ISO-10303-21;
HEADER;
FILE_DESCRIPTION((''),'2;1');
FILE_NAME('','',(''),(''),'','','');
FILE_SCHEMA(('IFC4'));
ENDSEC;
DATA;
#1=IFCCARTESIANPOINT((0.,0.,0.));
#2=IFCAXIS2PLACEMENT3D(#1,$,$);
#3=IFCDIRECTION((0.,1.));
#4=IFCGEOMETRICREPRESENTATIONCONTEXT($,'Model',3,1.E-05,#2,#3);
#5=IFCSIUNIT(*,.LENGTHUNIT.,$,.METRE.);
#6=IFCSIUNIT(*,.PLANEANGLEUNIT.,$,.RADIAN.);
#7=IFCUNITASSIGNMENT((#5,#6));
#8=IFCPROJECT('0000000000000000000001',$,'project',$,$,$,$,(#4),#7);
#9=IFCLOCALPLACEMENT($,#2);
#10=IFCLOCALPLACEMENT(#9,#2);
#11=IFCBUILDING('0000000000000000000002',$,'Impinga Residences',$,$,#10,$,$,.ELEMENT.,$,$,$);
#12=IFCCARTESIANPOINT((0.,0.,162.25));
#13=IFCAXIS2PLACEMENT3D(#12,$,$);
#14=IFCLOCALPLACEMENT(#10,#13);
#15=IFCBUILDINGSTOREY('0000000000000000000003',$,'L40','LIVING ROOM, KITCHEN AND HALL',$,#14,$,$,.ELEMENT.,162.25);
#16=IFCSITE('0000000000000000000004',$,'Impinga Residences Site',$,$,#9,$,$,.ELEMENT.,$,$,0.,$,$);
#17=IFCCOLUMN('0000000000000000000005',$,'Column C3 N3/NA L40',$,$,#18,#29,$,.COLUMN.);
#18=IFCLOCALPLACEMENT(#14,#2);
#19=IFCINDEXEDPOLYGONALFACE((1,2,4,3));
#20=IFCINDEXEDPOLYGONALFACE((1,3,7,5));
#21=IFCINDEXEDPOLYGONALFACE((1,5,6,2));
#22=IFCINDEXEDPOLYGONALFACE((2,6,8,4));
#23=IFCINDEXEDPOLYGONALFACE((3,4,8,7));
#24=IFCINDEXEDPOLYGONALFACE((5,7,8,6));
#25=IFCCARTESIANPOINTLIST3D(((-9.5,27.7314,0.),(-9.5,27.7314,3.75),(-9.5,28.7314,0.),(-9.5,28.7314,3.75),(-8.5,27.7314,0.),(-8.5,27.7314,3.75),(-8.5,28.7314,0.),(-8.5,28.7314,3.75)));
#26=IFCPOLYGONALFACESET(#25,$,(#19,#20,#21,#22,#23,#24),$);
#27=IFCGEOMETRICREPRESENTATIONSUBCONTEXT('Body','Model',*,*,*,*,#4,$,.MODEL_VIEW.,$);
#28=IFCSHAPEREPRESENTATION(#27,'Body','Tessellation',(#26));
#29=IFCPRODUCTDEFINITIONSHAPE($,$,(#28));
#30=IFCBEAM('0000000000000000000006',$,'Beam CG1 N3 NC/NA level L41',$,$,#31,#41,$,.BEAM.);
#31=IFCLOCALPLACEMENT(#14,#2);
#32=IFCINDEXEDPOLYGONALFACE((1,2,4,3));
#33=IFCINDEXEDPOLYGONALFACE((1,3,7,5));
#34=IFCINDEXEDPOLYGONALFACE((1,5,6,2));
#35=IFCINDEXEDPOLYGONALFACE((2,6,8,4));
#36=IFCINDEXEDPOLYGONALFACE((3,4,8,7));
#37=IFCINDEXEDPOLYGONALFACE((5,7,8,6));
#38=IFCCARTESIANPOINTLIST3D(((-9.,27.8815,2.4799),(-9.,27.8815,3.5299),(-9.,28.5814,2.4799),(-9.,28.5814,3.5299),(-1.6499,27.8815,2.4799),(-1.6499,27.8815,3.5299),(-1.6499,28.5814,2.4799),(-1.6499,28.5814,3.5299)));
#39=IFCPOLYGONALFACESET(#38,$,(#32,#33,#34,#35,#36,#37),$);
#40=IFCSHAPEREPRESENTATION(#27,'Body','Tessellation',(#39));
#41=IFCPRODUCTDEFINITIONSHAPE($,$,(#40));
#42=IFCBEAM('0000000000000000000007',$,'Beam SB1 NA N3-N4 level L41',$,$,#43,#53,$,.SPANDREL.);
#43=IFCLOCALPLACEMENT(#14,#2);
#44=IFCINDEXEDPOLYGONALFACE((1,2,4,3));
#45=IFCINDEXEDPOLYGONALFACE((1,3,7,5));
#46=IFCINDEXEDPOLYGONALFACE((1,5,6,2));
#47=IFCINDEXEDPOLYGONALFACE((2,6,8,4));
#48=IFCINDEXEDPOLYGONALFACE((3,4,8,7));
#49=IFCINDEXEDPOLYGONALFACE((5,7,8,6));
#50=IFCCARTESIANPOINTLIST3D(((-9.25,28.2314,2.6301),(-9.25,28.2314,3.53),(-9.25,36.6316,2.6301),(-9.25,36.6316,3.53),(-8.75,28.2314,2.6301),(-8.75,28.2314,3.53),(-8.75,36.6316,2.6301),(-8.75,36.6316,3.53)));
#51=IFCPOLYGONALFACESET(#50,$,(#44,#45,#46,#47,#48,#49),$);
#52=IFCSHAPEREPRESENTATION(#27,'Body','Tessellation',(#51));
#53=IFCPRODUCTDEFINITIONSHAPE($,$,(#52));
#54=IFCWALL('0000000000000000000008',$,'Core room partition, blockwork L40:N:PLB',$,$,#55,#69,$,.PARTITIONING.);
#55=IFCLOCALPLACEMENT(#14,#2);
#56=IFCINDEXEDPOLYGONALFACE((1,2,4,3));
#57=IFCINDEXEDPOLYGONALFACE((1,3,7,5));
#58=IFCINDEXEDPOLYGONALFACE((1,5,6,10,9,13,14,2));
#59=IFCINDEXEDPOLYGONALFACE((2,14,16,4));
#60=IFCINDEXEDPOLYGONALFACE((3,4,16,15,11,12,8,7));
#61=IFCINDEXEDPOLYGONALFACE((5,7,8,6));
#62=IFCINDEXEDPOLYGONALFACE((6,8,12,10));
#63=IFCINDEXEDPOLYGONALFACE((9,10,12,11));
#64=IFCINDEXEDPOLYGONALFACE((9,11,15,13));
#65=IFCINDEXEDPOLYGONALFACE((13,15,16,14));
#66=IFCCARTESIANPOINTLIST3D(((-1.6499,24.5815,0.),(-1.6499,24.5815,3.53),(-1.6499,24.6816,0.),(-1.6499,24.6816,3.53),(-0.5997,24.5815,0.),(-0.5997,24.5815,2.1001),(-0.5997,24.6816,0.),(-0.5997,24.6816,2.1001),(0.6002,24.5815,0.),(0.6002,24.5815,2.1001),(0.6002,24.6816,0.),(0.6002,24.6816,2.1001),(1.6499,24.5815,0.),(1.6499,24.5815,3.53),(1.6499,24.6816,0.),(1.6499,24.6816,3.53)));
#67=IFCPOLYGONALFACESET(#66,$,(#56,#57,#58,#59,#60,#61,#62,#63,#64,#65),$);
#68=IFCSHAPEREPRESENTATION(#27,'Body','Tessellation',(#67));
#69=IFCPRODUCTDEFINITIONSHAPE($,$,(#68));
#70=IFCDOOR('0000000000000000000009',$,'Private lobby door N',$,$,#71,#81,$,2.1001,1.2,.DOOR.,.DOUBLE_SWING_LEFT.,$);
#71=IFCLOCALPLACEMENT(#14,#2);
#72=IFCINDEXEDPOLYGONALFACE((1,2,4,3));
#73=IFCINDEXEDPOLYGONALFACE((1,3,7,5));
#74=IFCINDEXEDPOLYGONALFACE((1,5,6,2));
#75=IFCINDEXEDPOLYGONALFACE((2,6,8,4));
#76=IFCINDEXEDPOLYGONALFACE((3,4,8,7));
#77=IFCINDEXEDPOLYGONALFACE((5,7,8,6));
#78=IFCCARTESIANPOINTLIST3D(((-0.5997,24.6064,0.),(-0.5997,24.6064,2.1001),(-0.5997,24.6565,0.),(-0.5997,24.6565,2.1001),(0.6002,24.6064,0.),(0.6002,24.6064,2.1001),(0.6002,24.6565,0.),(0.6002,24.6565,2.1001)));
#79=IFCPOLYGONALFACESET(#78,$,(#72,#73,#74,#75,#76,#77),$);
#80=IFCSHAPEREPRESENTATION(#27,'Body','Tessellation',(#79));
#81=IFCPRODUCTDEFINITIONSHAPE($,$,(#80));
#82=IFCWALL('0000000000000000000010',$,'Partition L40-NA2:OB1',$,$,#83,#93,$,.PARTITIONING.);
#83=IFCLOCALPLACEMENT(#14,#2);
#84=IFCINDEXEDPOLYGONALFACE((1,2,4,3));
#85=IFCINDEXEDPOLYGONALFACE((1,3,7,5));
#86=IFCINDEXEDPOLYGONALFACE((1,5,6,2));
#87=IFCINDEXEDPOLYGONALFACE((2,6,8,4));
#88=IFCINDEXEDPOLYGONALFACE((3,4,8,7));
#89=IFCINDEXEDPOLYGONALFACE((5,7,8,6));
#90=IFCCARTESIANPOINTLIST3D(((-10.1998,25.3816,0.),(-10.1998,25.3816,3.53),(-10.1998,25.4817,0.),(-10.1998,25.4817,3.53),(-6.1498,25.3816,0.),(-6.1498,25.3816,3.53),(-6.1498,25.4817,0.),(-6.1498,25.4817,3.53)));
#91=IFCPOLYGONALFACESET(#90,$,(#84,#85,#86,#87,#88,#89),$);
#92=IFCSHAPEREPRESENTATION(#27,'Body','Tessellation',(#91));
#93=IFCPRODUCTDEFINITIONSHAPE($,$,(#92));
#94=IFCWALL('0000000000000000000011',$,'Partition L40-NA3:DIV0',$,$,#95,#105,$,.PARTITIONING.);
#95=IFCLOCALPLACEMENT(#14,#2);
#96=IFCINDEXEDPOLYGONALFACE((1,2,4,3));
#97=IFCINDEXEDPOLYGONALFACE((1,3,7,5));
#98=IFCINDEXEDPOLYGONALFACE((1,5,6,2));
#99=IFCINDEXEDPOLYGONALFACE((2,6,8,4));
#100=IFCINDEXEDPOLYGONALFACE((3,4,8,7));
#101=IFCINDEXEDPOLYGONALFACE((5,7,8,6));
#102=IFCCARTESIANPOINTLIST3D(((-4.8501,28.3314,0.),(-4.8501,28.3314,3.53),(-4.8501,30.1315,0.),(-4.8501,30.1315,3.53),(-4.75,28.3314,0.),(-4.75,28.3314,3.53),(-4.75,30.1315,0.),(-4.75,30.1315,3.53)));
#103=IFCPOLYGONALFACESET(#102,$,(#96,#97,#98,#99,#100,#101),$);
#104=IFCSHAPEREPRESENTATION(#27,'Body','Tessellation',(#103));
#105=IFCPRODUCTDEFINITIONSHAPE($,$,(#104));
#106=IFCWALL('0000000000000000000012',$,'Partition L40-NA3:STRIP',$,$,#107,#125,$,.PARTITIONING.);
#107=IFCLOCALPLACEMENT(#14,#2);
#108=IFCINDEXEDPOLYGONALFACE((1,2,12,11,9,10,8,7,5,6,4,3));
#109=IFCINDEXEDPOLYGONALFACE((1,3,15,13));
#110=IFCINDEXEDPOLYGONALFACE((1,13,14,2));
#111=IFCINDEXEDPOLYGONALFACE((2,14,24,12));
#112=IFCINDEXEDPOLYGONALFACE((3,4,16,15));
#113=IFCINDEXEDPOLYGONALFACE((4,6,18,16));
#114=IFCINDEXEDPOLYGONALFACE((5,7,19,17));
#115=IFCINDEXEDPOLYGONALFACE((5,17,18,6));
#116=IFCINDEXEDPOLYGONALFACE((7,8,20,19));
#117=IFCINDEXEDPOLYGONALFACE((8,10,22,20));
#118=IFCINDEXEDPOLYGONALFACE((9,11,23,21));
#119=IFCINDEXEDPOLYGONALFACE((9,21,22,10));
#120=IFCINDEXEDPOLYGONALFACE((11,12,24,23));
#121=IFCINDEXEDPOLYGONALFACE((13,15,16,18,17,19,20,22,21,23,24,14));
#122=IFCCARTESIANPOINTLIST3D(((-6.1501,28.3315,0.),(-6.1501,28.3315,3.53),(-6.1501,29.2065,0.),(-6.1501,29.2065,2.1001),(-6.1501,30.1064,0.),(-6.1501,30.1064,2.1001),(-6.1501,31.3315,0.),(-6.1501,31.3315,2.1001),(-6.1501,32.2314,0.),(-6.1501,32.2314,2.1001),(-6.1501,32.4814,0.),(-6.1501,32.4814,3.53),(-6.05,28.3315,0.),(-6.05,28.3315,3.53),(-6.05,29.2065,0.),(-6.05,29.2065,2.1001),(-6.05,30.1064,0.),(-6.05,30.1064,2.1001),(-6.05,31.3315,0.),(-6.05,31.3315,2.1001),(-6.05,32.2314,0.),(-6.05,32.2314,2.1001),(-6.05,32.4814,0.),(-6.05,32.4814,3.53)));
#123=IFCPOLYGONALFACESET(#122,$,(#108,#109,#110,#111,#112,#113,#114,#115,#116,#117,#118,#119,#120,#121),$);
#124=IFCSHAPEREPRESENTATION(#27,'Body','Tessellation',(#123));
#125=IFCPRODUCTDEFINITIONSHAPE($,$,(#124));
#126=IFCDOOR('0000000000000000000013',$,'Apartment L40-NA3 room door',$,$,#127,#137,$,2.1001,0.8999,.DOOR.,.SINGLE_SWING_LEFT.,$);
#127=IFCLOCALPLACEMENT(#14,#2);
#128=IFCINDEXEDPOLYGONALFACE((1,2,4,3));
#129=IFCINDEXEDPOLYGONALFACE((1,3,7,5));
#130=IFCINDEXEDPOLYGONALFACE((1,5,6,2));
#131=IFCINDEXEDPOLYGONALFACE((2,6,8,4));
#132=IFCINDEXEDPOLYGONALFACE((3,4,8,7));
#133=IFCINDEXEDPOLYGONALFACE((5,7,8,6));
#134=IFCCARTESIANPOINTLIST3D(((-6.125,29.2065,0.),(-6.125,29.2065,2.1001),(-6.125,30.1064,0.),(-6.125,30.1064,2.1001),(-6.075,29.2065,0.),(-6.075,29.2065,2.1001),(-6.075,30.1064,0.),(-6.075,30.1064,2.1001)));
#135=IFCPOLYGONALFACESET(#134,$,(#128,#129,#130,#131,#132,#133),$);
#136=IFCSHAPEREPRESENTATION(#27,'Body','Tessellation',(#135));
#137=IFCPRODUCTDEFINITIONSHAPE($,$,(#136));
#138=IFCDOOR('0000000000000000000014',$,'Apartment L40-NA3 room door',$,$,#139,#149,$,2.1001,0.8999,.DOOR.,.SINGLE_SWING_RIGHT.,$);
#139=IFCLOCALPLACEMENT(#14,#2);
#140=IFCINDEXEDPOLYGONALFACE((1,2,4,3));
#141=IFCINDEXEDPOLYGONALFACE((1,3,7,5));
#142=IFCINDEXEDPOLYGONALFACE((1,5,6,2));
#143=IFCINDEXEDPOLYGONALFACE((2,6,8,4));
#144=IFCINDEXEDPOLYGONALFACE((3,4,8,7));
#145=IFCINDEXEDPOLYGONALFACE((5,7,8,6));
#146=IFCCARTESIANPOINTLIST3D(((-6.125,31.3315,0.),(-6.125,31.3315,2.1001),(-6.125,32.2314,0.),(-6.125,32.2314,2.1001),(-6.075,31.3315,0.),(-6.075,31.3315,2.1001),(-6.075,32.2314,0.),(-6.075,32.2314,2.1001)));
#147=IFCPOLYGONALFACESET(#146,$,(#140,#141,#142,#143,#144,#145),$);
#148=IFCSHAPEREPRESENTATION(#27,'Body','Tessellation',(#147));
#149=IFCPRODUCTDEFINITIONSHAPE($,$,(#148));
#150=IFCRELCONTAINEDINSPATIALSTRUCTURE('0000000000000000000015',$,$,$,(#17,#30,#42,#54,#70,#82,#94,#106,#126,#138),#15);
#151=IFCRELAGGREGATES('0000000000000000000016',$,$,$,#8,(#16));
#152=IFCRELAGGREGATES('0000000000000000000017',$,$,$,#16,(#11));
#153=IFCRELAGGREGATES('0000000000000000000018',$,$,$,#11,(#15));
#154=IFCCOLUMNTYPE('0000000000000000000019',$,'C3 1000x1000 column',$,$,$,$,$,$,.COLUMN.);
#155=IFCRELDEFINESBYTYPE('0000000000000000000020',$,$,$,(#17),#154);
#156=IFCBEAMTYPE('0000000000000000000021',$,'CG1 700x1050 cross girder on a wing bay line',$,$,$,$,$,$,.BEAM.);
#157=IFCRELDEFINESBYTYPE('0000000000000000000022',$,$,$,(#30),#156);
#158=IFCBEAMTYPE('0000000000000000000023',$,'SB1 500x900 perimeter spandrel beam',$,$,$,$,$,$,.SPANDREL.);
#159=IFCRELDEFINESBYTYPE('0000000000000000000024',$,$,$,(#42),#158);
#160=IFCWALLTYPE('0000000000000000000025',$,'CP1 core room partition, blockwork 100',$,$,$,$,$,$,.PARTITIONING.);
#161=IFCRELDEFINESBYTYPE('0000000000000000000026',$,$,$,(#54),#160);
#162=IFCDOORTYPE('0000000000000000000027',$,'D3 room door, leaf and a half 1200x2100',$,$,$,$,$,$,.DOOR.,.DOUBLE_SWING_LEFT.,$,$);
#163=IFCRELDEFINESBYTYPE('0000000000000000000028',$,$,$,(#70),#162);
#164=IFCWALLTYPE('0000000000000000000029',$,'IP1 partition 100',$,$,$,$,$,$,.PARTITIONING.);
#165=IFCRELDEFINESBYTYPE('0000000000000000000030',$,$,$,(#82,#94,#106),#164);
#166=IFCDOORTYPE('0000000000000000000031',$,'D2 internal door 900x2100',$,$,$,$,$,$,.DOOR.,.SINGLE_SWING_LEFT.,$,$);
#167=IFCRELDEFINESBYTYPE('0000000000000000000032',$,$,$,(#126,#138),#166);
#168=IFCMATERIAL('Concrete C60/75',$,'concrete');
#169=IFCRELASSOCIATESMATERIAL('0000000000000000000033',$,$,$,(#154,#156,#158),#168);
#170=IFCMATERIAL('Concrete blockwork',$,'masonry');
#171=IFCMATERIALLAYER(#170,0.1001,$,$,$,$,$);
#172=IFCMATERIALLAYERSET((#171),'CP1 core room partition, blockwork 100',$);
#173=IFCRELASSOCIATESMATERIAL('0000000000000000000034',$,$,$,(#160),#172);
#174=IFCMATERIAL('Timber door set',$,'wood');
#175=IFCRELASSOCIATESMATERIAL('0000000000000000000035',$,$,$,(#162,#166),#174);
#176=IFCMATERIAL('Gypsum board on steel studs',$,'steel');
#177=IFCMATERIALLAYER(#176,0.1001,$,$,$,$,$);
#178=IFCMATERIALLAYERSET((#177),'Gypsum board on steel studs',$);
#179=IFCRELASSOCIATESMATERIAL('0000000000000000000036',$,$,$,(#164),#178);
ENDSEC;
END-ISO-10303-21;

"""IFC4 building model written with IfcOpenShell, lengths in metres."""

from ifc_helpers import new_model, si_unit, direction, frame, frame_2d, origin, origin_2d, place, context, subcontext, project, spatial, rectangle, extrude, material, layer, layer_set, material_profile, profile_set, type_object, element, fill, save


model = new_model("IFC4")

# Units and contexts
model_context = context("Model", 3, precision=1e-05, world=origin(), true_north=direction((0.0, 1.0)))
body_context = subcontext(model_context, "Body", "Model", "MODEL_VIEW")
ifc_project = project(units=[si_unit("LENGTHUNIT", "METRE"), si_unit("PLANEANGLEUNIT", "RADIAN")], contexts=[model_context])

# Site, building, storey
site_placement = place(None, origin())
site = spatial("IfcSite", under=ifc_project, at=site_placement, Name="Impinga Residences Site", CompositionType="ELEMENT", RefElevation=0.0)
building_placement = place(site_placement, origin())
building = spatial("IfcBuilding", under=site, at=building_placement, Name="Impinga Residences", CompositionType="ELEMENT")
storey_placement = place(building_placement, frame((0.0, 0.0, 162.25)))
storey = spatial("IfcBuildingStorey", under=building, at=storey_placement, Name="L40", Description="LIVING ROOM, KITCHEN AND HALL", CompositionType="ELEMENT", Elevation=162.25)

# Column
ifc_material_1 = material(Name="Concrete C60/75", Category="concrete")
ifc_material_profile_1 = material_profile(ifc_material_1, rectangle(XDim=1.0, YDim=1.0, at=origin_2d()), Name="RC 1000x1000")
ifc_profile_set_1 = profile_set([ifc_material_profile_1], Name="Concrete C60/75")
column_type = type_object("IfcColumnType", Name="C3 1000x1000 column", PredefinedType="COLUMN", material=ifc_profile_set_1)
column_placement = place(storey_placement, frame((-9.0, 28.2314, 0.0), z_axis=(0.0, 0.0, 1.0), x_axis=(1.0, 0.0, 0.0)))
element("IfcColumn", 1, at=column_placement, inside=storey, type_object=column_type, Name="Column C3 N3/NA L40", PredefinedType="COLUMN", context=body_context, shape_type="SweptSolid", body=[
    extrude(rectangle(XDim=1.0, YDim=1.0, at=origin_2d()), origin(), (0.0, 0.0, 1.0), 3.75),
])

# Beams
ifc_material_profile_2 = material_profile(ifc_material_1, rectangle(XDim=0.7, YDim=1.05, at=origin_2d()), Name="RC 700x1050")
ifc_profile_set_2 = profile_set([ifc_material_profile_2], Name="Concrete C60/75")
beam_type_1 = type_object("IfcBeamType", Name="CG1 700x1050 cross girder on a wing bay line", PredefinedType="BEAM", material=ifc_profile_set_2)
beam_1_placement = place(storey_placement, frame((-1.6499, 28.2314, 3.0049), z_axis=(-1.0, 0.0, 0.0), x_axis=(0.0, -1.0, 0.0)))
element("IfcBeam", 2, at=beam_1_placement, inside=storey, type_object=beam_type_1, Name="Beam CG1 N3 NC/NA level L41", PredefinedType="BEAM", context=body_context, shape_type="SweptSolid", body=[
    extrude(rectangle(XDim=0.7, YDim=1.05, at=origin_2d()), origin(), (0.0, 0.0, 1.0), 7.3501),
])
ifc_material_profile_3 = material_profile(ifc_material_1, rectangle(XDim=0.5, YDim=0.8999, at=origin_2d()), Name="RC 500x900")
ifc_profile_set_3 = profile_set([ifc_material_profile_3], Name="Concrete C60/75")
beam_type_2 = type_object("IfcBeamType", Name="SB1 500x900 perimeter spandrel beam", PredefinedType="SPANDREL", material=ifc_profile_set_3)
beam_2_placement = place(storey_placement, frame((-9.0, 28.2314, 3.0801), z_axis=(0.0, 1.0, 0.0), x_axis=(-1.0, 0.0, 0.0)))
element("IfcBeam", 3, at=beam_2_placement, inside=storey, type_object=beam_type_2, Name="Beam SB1 NA N3-N4 level L41", PredefinedType="SPANDREL", context=body_context, shape_type="SweptSolid", body=[
    extrude(rectangle(XDim=0.5, YDim=0.8999, at=origin_2d()), origin(), (0.0, 0.0, 1.0), 8.4001),
])

# Wall, opening, door
ifc_material_2 = material(Name="Concrete blockwork", Category="masonry")
ifc_layer_1 = layer(ifc_material_2, 0.1001)
ifc_layer_set_1 = layer_set([ifc_layer_1], Name="CP1 core room partition, blockwork 100")
wall_type_1 = type_object("IfcWallType", Name="CP1 core room partition, blockwork 100", PredefinedType="PARTITIONING", material=ifc_layer_set_1)
wall_1_placement = place(storey_placement, frame((-1.6499, 24.6316, 0.0), z_axis=(0.0, 0.0, 1.0), x_axis=(1.0, 0.0, 0.0)))
wall_1 = element("IfcWall", 4, at=wall_1_placement, inside=storey, type_object=wall_type_1, Name="Core room partition, blockwork L40:N:PLB", PredefinedType="PARTITIONING", context=body_context, shape_type="SweptSolid", body=[
    extrude(rectangle(XDim=3.2998, YDim=0.1001, at=frame_2d((1.6499, 0.0))), origin(), (0.0, 0.0, 1.0), 3.53),
])
opening_1_placement = place(wall_1_placement, frame((1.05, 0.0, 0.0)))
opening_1 = element("IfcOpeningElement", 5, at=opening_1_placement, cuts=wall_1, PredefinedType="OPENING", context=body_context, shape_type="SweptSolid", body=[
    extrude(rectangle(XDim=1.2, YDim=2.1001, at=frame_2d((0.6001, 1.05))), frame((0.0, 0.0601, 0.0), z_axis=(0.0, -1.0, 0.0), x_axis=(1.0, 0.0, 0.0)), (0.0, 0.0, 1.0), 0.1201),
])
ifc_material_3 = material(Name="Timber door set", Category="wood")
door_type_1 = type_object("IfcDoorType", Name="D3 room door, leaf and a half 1200x2100", OperationType="DOUBLE_SWING_LEFT", PredefinedType="DOOR", material=ifc_material_3)
door_1_placement = place(opening_1_placement, origin())
door_1 = element("IfcDoor", 6, at=door_1_placement, inside=storey, type_object=door_type_1, Name="Private lobby door N", OperationType="DOUBLE_SWING_LEFT", OverallHeight=2.1001, OverallWidth=1.2, PredefinedType="DOOR", context=body_context, shape_type="SweptSolid", body=[
    extrude(rectangle(XDim=1.2, YDim=2.1001, at=frame_2d((0.6001, 1.05))), frame((0.0, 0.0249, 0.0), z_axis=(0.0, -1.0, 0.0), x_axis=(1.0, 0.0, 0.0)), (0.0, 0.0, 1.0), 0.05),
])
fill(opening_1, door_1)

# Walls
ifc_material_4 = material(Name="Gypsum board on steel studs", Category="steel")
ifc_layer_2 = layer(ifc_material_4, 0.1001)
ifc_layer_set_2 = layer_set([ifc_layer_2], Name="Gypsum board on steel studs")
wall_type_2 = type_object("IfcWallType", Name="IP1 partition 100", PredefinedType="PARTITIONING", material=ifc_layer_set_2)
wall_2_placement = place(storey_placement, frame((-6.1499, 25.4316, 0.0), z_axis=(0.0, 0.0, 1.0), x_axis=(-1.0, 0.0, 0.0)))
element("IfcWall", 7, at=wall_2_placement, inside=storey, type_object=wall_type_2, Name="Partition L40-NA2:OB1", PredefinedType="PARTITIONING", context=body_context, shape_type="SweptSolid", body=[
    extrude(rectangle(XDim=4.05, YDim=0.1001, at=frame_2d((2.0249, 0.0))), origin(), (0.0, 0.0, 1.0), 3.53),
])
wall_3_placement = place(storey_placement, frame((-4.8, 28.3315, 0.0), z_axis=(0.0, 0.0, 1.0), x_axis=(0.0, 1.0, 0.0)))
element("IfcWall", 8, at=wall_3_placement, inside=storey, type_object=wall_type_2, Name="Partition L40-NA3:DIV0", PredefinedType="PARTITIONING", context=body_context, shape_type="SweptSolid", body=[
    extrude(rectangle(XDim=1.8, YDim=0.1001, at=frame_2d((0.8999, 0.0))), origin(), (0.0, 0.0, 1.0), 3.53),
])

# Wall, openings, doors
wall_4_placement = place(storey_placement, frame((-6.1001, 28.3315, 0.0), z_axis=(0.0, 0.0, 1.0), x_axis=(0.0, 1.0, 0.0)))
wall_4 = element("IfcWall", 9, at=wall_4_placement, inside=storey, type_object=wall_type_2, Name="Partition L40-NA3:STRIP", PredefinedType="PARTITIONING", context=body_context, shape_type="SweptSolid", body=[
    extrude(rectangle(XDim=4.1499, YDim=0.1001, at=frame_2d((2.075, 0.0))), origin(), (0.0, 0.0, 1.0), 3.53),
])
opening_2_placement = place(wall_4_placement, frame((0.875, 0.0, 0.0)))
opening_2 = element("IfcOpeningElement", 10, at=opening_2_placement, cuts=wall_4, PredefinedType="OPENING", context=body_context, shape_type="SweptSolid", body=[
    extrude(rectangle(XDim=0.8999, YDim=2.1001, at=frame_2d((0.45, 1.05))), frame((0.0, 0.0601, 0.0), z_axis=(0.0, -1.0, 0.0), x_axis=(1.0, 0.0, 0.0)), (0.0, 0.0, 1.0), 0.1201),
])
opening_3_placement = place(wall_4_placement, frame((3.0, 0.0, 0.0)))
opening_3 = element("IfcOpeningElement", 11, at=opening_3_placement, cuts=wall_4, PredefinedType="OPENING", context=body_context, shape_type="SweptSolid", body=[
    extrude(rectangle(XDim=0.8999, YDim=2.1001, at=frame_2d((0.45, 1.05))), frame((0.0, 0.0601, 0.0), z_axis=(0.0, -1.0, 0.0), x_axis=(1.0, 0.0, 0.0)), (0.0, 0.0, 1.0), 0.1201),
])
door_type_2 = type_object("IfcDoorType", Name="D2 internal door 900x2100", OperationType="SINGLE_SWING_LEFT", PredefinedType="DOOR", material=ifc_material_3)
door_2_placement = place(opening_2_placement, origin())
door_2 = element("IfcDoor", 12, at=door_2_placement, inside=storey, type_object=door_type_2, Name="Apartment L40-NA3 room door", OperationType="SINGLE_SWING_LEFT", OverallHeight=2.1001, OverallWidth=0.8999, PredefinedType="DOOR", context=body_context, shape_type="SweptSolid", body=[
    extrude(rectangle(XDim=0.8999, YDim=2.1001, at=frame_2d((0.45, 1.05))), frame((0.0, 0.0249, 0.0), z_axis=(0.0, -1.0, 0.0), x_axis=(1.0, 0.0, 0.0)), (0.0, 0.0, 1.0), 0.05),
])
fill(opening_2, door_2)
door_3_placement = place(opening_3_placement, origin())
door_3 = element("IfcDoor", 13, at=door_3_placement, inside=storey, type_object=door_type_2, Name="Apartment L40-NA3 room door", OperationType="SINGLE_SWING_RIGHT", OverallHeight=2.1001, OverallWidth=0.8999, PredefinedType="DOOR", context=body_context, shape_type="SweptSolid", body=[
    extrude(rectangle(XDim=0.8999, YDim=2.1001, at=frame_2d((0.45, 1.05))), frame((0.0, 0.0249, 0.0), z_axis=(0.0, -1.0, 0.0), x_axis=(1.0, 0.0, 0.0)), (0.0, 0.0, 1.0), 0.05),
])
fill(opening_3, door_3)

save(model, "model.ifc")
